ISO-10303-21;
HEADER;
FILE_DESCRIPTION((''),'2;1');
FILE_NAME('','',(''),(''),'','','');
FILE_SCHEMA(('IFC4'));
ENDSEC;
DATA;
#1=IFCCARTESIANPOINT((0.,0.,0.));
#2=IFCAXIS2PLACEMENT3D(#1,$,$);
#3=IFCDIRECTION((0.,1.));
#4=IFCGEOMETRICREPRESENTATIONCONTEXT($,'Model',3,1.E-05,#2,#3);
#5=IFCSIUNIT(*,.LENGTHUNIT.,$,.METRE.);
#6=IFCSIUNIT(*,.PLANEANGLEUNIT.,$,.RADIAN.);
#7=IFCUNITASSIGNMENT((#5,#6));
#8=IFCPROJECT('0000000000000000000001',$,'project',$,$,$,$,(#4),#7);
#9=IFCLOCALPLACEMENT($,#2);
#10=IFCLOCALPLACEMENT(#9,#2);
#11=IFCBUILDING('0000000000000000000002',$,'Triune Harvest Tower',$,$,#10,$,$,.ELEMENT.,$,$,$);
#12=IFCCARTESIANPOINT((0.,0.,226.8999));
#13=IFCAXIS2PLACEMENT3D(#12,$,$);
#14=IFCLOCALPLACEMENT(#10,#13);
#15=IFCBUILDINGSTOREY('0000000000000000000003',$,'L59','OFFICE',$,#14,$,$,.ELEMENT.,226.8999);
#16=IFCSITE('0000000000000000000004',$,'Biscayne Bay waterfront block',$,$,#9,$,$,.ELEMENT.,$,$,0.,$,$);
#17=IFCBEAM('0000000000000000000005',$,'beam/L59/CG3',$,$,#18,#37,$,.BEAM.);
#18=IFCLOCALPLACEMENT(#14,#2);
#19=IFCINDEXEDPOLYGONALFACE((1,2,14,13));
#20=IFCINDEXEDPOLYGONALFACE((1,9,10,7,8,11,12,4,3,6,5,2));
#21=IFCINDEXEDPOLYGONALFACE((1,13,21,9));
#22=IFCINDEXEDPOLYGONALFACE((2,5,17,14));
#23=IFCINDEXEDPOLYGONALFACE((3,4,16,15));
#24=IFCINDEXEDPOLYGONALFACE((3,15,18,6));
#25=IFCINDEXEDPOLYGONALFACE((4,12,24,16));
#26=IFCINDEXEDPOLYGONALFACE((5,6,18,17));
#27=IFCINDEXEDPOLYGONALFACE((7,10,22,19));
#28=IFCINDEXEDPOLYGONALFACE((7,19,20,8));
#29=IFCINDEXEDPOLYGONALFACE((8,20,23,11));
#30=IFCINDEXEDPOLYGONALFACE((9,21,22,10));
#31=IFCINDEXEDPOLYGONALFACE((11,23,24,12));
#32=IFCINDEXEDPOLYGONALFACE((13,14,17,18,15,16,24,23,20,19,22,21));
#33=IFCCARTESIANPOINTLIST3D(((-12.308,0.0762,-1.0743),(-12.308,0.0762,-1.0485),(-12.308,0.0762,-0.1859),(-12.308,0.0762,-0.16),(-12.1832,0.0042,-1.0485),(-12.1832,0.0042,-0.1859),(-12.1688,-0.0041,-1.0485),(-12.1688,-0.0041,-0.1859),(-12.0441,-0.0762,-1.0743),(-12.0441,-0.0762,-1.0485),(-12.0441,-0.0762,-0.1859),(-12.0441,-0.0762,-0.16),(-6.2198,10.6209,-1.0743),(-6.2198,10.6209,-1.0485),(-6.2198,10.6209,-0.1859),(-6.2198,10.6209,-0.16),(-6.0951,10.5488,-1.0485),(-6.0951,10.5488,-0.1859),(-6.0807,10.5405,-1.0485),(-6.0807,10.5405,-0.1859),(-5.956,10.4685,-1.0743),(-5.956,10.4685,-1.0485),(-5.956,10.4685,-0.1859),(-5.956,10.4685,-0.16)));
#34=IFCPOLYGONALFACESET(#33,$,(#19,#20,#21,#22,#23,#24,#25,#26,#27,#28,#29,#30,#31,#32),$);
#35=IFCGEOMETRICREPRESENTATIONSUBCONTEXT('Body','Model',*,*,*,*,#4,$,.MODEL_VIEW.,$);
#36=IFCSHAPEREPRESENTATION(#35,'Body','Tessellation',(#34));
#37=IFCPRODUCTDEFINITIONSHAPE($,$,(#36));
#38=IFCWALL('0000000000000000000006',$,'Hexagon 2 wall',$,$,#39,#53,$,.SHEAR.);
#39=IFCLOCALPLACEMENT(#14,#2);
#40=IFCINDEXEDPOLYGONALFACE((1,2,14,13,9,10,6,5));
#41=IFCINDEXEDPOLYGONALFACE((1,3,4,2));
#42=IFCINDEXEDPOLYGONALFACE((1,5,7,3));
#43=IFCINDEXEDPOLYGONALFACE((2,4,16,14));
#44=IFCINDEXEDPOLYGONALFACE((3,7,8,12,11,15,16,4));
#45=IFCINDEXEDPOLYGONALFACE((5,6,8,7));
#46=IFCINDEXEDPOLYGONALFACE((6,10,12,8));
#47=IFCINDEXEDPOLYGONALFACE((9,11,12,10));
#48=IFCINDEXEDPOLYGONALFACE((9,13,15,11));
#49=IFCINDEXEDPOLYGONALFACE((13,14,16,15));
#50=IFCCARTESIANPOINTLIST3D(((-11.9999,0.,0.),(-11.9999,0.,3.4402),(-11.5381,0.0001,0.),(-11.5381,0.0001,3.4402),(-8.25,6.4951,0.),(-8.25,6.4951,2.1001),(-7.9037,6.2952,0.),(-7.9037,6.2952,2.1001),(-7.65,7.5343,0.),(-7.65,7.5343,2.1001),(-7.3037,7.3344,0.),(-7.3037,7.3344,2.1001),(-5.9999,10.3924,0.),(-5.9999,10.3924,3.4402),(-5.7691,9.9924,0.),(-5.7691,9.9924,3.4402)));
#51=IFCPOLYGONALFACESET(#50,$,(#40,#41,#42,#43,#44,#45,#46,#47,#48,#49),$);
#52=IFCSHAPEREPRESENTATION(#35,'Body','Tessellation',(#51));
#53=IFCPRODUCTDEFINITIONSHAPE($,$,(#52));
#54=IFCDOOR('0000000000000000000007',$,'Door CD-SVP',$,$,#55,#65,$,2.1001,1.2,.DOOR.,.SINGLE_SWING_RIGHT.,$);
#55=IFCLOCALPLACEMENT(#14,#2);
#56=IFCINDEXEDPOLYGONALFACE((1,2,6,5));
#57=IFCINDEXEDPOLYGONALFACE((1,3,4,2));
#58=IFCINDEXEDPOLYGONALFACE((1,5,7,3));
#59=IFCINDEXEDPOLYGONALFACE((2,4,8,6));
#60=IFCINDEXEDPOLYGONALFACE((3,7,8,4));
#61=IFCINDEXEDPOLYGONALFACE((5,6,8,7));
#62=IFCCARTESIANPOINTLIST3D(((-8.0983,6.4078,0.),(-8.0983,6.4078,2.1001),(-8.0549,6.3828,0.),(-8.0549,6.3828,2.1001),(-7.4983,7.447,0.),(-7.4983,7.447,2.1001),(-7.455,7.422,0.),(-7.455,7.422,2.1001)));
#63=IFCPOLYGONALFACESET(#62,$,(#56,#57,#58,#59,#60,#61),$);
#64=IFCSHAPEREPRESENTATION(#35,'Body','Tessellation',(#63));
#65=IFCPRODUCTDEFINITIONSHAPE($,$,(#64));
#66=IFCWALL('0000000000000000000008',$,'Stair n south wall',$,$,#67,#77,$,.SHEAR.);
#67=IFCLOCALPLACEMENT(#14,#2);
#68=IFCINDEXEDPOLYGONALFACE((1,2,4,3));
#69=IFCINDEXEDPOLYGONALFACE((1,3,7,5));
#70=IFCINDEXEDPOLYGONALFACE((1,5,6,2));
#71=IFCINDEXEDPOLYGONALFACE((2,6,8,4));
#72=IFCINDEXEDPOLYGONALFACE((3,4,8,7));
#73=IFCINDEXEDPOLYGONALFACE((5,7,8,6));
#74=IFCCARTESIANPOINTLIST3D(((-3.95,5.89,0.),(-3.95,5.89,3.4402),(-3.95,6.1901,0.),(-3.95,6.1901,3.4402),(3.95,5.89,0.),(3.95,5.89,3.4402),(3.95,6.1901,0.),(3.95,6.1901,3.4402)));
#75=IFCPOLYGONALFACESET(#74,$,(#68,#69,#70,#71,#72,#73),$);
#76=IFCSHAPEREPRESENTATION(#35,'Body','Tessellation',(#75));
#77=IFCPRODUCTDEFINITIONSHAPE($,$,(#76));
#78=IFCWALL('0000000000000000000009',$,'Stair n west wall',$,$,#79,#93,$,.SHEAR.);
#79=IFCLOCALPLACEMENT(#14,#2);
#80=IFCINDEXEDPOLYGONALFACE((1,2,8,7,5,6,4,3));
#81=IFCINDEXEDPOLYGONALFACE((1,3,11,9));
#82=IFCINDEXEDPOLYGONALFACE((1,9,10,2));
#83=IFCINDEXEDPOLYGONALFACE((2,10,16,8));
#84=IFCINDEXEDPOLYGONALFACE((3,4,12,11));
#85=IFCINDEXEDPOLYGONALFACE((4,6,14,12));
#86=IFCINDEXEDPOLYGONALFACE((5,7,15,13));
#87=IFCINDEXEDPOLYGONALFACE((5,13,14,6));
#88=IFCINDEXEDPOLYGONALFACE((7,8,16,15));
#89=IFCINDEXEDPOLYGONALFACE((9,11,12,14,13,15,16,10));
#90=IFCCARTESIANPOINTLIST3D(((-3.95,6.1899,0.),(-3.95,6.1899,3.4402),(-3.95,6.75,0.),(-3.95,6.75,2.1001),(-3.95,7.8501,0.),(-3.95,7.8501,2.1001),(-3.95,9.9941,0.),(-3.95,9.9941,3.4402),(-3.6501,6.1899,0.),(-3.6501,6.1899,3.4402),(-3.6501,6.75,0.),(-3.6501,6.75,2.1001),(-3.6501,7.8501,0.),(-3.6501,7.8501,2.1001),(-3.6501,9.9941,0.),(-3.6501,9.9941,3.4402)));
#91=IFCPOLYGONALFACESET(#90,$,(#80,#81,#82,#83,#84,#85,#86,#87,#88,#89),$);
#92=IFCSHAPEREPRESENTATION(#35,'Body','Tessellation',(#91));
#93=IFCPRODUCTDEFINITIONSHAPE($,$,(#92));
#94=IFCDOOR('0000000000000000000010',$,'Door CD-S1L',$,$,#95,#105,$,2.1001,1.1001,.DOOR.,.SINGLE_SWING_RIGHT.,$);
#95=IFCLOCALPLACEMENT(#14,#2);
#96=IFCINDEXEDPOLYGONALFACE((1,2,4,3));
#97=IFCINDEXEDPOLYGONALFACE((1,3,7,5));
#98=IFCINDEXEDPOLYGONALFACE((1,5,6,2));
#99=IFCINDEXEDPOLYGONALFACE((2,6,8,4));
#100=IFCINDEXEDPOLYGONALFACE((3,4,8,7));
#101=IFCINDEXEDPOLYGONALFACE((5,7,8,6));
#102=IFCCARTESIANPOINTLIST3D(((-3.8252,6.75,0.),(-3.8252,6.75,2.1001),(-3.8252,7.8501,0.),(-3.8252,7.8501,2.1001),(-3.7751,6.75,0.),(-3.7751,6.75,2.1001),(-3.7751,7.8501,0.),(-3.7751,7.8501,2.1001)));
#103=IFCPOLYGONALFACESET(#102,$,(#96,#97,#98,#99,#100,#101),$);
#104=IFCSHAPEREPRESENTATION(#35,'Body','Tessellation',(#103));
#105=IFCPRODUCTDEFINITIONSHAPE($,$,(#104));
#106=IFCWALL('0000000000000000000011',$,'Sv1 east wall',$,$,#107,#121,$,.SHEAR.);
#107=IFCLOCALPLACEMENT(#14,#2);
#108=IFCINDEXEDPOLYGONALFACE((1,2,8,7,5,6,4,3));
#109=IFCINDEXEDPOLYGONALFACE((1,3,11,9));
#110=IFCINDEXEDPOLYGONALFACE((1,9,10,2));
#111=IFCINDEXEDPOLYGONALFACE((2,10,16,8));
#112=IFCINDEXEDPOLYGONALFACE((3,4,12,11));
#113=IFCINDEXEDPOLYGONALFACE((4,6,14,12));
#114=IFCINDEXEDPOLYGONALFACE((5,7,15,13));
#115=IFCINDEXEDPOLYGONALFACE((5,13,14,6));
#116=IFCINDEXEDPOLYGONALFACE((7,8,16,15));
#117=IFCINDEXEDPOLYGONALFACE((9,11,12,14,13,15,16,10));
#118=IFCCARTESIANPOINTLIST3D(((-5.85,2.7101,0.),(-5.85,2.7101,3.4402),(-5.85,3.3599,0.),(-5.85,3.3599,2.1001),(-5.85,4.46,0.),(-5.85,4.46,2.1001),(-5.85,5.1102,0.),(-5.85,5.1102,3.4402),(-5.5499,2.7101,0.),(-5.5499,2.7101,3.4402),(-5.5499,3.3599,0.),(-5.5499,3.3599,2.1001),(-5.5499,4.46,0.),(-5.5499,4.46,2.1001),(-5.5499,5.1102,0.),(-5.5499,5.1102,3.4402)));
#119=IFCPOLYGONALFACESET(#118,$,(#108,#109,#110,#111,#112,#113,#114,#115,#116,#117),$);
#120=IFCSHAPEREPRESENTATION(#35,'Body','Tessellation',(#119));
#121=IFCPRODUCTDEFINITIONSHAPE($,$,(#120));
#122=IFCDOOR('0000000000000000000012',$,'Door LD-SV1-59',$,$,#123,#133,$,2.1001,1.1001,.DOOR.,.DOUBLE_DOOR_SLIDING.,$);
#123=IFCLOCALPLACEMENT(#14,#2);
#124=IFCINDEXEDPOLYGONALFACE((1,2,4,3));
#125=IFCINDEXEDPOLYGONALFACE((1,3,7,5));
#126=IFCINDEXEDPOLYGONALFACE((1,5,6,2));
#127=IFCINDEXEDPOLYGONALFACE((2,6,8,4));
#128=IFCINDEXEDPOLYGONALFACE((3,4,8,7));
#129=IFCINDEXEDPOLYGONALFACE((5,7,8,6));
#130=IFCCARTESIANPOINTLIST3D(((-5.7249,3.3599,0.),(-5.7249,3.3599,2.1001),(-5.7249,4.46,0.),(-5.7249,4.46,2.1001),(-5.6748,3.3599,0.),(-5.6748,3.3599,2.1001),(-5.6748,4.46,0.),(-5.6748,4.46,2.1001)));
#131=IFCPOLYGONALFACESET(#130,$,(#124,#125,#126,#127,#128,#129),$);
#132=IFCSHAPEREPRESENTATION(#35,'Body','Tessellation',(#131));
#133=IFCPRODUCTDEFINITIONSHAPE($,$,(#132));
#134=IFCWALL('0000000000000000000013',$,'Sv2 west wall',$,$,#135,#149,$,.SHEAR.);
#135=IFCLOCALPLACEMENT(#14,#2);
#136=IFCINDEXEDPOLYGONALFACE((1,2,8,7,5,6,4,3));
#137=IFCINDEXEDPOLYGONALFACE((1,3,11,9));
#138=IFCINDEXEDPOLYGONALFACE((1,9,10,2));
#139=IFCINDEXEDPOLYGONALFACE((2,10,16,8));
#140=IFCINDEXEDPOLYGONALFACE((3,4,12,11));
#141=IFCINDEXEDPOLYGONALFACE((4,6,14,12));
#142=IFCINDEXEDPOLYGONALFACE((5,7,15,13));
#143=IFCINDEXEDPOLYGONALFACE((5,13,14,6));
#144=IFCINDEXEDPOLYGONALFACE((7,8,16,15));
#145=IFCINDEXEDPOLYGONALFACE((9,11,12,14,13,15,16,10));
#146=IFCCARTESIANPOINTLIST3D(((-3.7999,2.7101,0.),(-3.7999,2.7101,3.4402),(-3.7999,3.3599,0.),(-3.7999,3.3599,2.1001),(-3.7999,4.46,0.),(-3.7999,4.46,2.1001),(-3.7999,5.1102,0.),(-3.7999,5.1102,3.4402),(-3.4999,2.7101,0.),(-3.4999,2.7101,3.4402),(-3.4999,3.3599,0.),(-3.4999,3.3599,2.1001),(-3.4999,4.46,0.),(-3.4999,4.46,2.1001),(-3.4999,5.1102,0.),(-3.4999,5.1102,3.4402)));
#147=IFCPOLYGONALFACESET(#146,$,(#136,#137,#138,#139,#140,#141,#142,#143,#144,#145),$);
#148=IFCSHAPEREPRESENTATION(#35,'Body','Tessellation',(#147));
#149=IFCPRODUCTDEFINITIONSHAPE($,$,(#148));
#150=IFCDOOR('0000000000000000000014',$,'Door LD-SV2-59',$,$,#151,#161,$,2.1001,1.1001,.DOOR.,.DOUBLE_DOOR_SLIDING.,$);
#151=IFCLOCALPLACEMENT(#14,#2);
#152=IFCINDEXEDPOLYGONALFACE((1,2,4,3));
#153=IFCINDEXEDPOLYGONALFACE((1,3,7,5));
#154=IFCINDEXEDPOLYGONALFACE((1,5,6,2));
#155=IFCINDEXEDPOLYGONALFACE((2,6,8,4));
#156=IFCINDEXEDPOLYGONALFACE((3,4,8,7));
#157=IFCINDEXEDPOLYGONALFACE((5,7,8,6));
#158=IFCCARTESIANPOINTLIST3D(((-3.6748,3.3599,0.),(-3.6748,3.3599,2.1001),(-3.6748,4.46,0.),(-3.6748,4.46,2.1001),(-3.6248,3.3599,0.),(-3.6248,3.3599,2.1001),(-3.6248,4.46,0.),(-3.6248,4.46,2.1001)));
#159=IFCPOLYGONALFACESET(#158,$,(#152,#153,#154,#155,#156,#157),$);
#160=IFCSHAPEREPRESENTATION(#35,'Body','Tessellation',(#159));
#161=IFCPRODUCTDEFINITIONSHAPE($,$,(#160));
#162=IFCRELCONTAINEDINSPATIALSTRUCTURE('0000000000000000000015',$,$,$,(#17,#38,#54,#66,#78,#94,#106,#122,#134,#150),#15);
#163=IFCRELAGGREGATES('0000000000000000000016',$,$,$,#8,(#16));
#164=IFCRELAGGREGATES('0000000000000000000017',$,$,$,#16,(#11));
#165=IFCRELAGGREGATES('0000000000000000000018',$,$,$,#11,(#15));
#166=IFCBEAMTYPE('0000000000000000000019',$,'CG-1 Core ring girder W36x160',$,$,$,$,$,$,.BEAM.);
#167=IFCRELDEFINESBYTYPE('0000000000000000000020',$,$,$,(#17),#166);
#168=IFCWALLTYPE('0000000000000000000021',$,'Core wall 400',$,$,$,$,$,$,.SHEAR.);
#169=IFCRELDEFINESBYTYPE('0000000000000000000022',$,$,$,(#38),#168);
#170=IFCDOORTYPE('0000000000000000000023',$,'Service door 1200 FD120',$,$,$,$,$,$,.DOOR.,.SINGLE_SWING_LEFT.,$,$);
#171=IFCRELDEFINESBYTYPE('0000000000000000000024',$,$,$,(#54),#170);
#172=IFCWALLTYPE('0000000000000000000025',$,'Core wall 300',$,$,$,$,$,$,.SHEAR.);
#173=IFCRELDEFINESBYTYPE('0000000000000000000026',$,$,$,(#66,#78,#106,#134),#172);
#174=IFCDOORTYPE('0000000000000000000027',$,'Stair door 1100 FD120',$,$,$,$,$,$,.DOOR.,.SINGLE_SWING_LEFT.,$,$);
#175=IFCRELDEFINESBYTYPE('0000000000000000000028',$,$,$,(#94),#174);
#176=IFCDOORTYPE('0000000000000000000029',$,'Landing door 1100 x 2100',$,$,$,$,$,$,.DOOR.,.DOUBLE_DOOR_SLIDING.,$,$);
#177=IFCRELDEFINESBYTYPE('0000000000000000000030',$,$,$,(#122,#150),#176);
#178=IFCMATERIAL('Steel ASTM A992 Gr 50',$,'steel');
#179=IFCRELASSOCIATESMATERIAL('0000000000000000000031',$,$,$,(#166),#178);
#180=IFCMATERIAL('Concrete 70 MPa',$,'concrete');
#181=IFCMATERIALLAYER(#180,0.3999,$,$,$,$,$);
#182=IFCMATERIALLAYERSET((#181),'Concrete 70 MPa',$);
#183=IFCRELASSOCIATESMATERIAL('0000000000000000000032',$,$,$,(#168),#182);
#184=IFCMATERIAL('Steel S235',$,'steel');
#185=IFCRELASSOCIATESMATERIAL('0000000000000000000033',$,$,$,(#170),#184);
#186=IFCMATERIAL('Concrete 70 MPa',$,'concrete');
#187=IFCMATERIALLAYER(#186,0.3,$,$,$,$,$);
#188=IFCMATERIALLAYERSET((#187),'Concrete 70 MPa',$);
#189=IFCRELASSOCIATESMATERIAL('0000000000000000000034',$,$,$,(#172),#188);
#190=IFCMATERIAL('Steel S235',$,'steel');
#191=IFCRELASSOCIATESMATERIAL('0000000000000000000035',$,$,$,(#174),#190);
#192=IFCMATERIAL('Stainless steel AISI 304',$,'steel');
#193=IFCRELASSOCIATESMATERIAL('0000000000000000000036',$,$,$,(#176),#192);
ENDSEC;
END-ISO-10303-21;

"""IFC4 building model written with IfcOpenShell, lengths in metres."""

from ifc_helpers import new_model, si_unit, direction, frame, frame_2d, origin, origin_2d, place, context, subcontext, project, spatial, polyline, rectangle, i_section, outline, extrude, source, transform, mapped, material, layer, layer_set, material_profile, profile_set, type_object, element, fill, save


model = new_model("IFC4")

# Units and contexts
model_context = context("Model", 3, precision=1e-05, world=origin(), true_north=direction((0.0, 1.0)))
body_context = subcontext(model_context, "Body", "Model", "MODEL_VIEW")
ifc_project = project(units=[si_unit("LENGTHUNIT", "METRE"), si_unit("PLANEANGLEUNIT", "RADIAN")], contexts=[model_context])

# Site, building, storey
site_placement = place(None, origin())
site = spatial("IfcSite", under=ifc_project, at=site_placement, Name="Biscayne Bay waterfront block", CompositionType="ELEMENT", RefElevation=0.0)
building_placement = place(site_placement, origin())
building = spatial("IfcBuilding", under=site, at=building_placement, Name="Triune Harvest Tower", CompositionType="ELEMENT")
storey_placement = place(building_placement, frame((0.0, 0.0, 226.8999)))
storey = spatial("IfcBuildingStorey", under=building, at=storey_placement, Name="L59", Description="OFFICE", CompositionType="ELEMENT", Elevation=226.8999)

# Beam
ifc_material_1 = material(Name="Steel ASTM A992 Gr 50", Category="steel")
ifc_material_profile = material_profile(ifc_material_1, i_section(OverallWidth=0.3047, OverallDepth=0.9143, WebThickness=0.0166, FlangeThickness=0.0259, at=origin_2d()), Name="W36x160")
ifc_profile_set = profile_set([ifc_material_profile], Name="Steel ASTM A992 Gr 50")
beam_type = type_object("IfcBeamType", Name="CG-1 Core ring girder W36x160", PredefinedType="BEAM", material=ifc_profile_set)
shared_shape_1 = source(origin(), body_context, "Body", "SweptSolid", [
    extrude(i_section(OverallWidth=0.3047, OverallDepth=0.9143, WebThickness=0.0166, FlangeThickness=0.0259, at=origin_2d()), origin(), (0.0, 0.0, 1.0), 12.176),
])
beam_placement = place(storey_placement, frame((-6.0879, 10.5447, -0.6172), z_axis=(-0.50001, -0.86602, 0.0), x_axis=(0.86602, -0.50001, 0.0)))
element("IfcBeam", 1, at=beam_placement, inside=storey, type_object=beam_type, Name="beam/L59/CG3", PredefinedType="BEAM", context=body_context, shape_type="MappedRepresentation", body=[
    mapped(shared_shape_1, transform((0.0, 0.0, 0.0), scale=1.0)),
])

# Wall, opening, door
ifc_material_2 = material(Name="Concrete 70 MPa", Category="concrete")
ifc_layer_1 = layer(ifc_material_2, 0.3999)
ifc_layer_set_1 = layer_set([ifc_layer_1], Name="Concrete 70 MPa")
wall_type_1 = type_object("IfcWallType", Name="Core wall 400", PredefinedType="SHEAR", material=ifc_layer_set_1)
shared_shape_2 = source(origin(), body_context, "Body", "SweptSolid", [
    extrude(outline(polyline([(-0.1155, -0.2), (11.8845, -0.2), (11.6536, 0.2), (0.1155, 0.2), (-0.1155, -0.2)])), origin(), (0.0, 0.0, 1.0), 3.4402),
])
wall_1_placement = place(storey_placement, frame((-5.8845, 10.1924, 0.0), z_axis=(0.0, 0.0, 1.0), x_axis=(-0.499997, -0.866027, 0.0)))
wall_1 = element("IfcWall", 2, at=wall_1_placement, inside=storey, type_object=wall_type_1, Name="Hexagon 2 wall", PredefinedType="SHEAR", context=body_context, shape_type="MappedRepresentation", body=[
    mapped(shared_shape_2, transform((0.0, 0.0, 0.0), scale=1.0)),
])
opening_1_placement = place(wall_1_placement, frame((3.1846, 0.0, 0.0)))
opening_1 = element("IfcOpeningElement", 3, at=opening_1_placement, cuts=wall_1, PredefinedType="OPENING", context=body_context, shape_type="SweptSolid", body=[
    extrude(rectangle(XDim=1.2, YDim=2.1001, at=frame_2d((0.6001, 1.05))), frame((0.0, 0.21, 0.0), z_axis=(0.0, -1.0, 0.0), x_axis=(1.0, 0.0, 0.0)), (0.0, 0.0, 1.0), 0.4199),
])
ifc_material_3 = material(Name="Steel S235", Category="steel")
door_type_1 = type_object("IfcDoorType", Name="Service door 1200 FD120", OperationType="SINGLE_SWING_LEFT", PredefinedType="DOOR", material=ifc_material_3)
door_1_placement = place(opening_1_placement, frame((1.2, 0.0, 0.0), z_axis=(0.0, 0.0, 1.0), x_axis=(-1.0, 0.0, 0.0)))
door_1 = element("IfcDoor", 4, at=door_1_placement, inside=storey, type_object=door_type_1, Name="Door CD-SVP", OperationType="SINGLE_SWING_RIGHT", OverallHeight=2.1001, OverallWidth=1.2, PredefinedType="DOOR", context=body_context, shape_type="SweptSolid", body=[
    extrude(rectangle(XDim=1.2, YDim=2.1001, at=frame_2d((0.6001, 1.05))), frame((0.0, 0.0249, 0.0), z_axis=(0.0, -1.0, 0.0), x_axis=(1.0, 0.0, 0.0)), (0.0, 0.0, 1.0), 0.05),
])
fill(opening_1, door_1)

# Wall
ifc_material_4 = material(Name="Concrete 70 MPa", Category="concrete")
ifc_layer_2 = layer(ifc_material_4, 0.3)
ifc_layer_set_2 = layer_set([ifc_layer_2], Name="Concrete 70 MPa")
wall_type_2 = type_object("IfcWallType", Name="Core wall 300", PredefinedType="SHEAR", material=ifc_layer_set_2)
shared_shape_3 = source(origin(), body_context, "Body", "SweptSolid", [
    extrude(rectangle(XDim=7.8999, YDim=0.3, at=frame_2d((3.95, 0.0))), origin(), (0.0, 0.0, 1.0), 3.4402),
])
wall_2_placement = place(storey_placement, frame((-3.95, 6.04, 0.0), z_axis=(0.0, 0.0, 1.0), x_axis=(1.0, 0.0, 0.0)))
element("IfcWall", 5, at=wall_2_placement, inside=storey, type_object=wall_type_2, Name="Stair n south wall", PredefinedType="SHEAR", context=body_context, shape_type="MappedRepresentation", body=[
    mapped(shared_shape_3, transform((0.0, 0.0, 0.0), scale=1.0)),
])

# Walls, openings, doors
shared_shape_4 = source(origin(), body_context, "Body", "SweptSolid", [
    extrude(outline(polyline([(0.0, -0.1499), (0.0, 0.1499), (3.8042, 0.1499), (3.8042, -0.1499), (0.0, -0.1499)])), origin(), (0.0, 0.0, 1.0), 3.4402),
])
wall_3_placement = place(storey_placement, frame((-3.8, 6.1899, 0.0), z_axis=(0.0, 0.0, 1.0), x_axis=(0.0, 1.0, 0.0)))
wall_3 = element("IfcWall", 6, at=wall_3_placement, inside=storey, type_object=wall_type_2, Name="Stair n west wall", PredefinedType="SHEAR", context=body_context, shape_type="MappedRepresentation", body=[
    mapped(shared_shape_4, transform((0.0, 0.0, 0.0), scale=1.0)),
])
opening_2_placement = place(wall_3_placement, frame((0.5601, 0.0, 0.0)))
opening_2 = element("IfcOpeningElement", 7, at=opening_2_placement, cuts=wall_3, PredefinedType="OPENING", context=body_context, shape_type="SweptSolid", body=[
    extrude(rectangle(XDim=1.1001, YDim=2.1001, at=frame_2d((0.55, 1.05))), frame((0.0, 0.1602, 0.0), z_axis=(0.0, -1.0, 0.0), x_axis=(1.0, 0.0, 0.0)), (0.0, 0.0, 1.0), 0.3201),
])
ifc_material_5 = material(Name="Steel S235", Category="steel")
door_type_2 = type_object("IfcDoorType", Name="Stair door 1100 FD120", OperationType="SINGLE_SWING_LEFT", PredefinedType="DOOR", material=ifc_material_5)
door_2_placement = place(opening_2_placement, frame((1.1001, 0.0, 0.0), z_axis=(0.0, 0.0, 1.0), x_axis=(-1.0, 0.0, 0.0)))
door_2 = element("IfcDoor", 8, at=door_2_placement, inside=storey, type_object=door_type_2, Name="Door CD-S1L", OperationType="SINGLE_SWING_RIGHT", OverallHeight=2.1001, OverallWidth=1.1001, PredefinedType="DOOR", context=body_context, shape_type="SweptSolid", body=[
    extrude(rectangle(XDim=1.1001, YDim=2.1001, at=frame_2d((0.55, 1.05))), frame((0.0, 0.0249, 0.0), z_axis=(0.0, -1.0, 0.0), x_axis=(1.0, 0.0, 0.0)), (0.0, 0.0, 1.0), 0.05),
])
fill(opening_2, door_2)
shared_shape_5 = source(origin(), body_context, "Body", "SweptSolid", [
    extrude(rectangle(XDim=2.4001, YDim=0.3, at=frame_2d((1.2002, 0.0))), origin(), (0.0, 0.0, 1.0), 3.4402),
])
wall_4_placement = place(storey_placement, frame((-5.7, 2.71, 0.0), z_axis=(0.0, 0.0, 1.0), x_axis=(0.0, 1.0, 0.0)))
wall_4 = element("IfcWall", 9, at=wall_4_placement, inside=storey, type_object=wall_type_2, Name="Sv1 east wall", PredefinedType="SHEAR", context=body_context, shape_type="MappedRepresentation", body=[
    mapped(shared_shape_5, transform((0.0, 0.0, 0.0), scale=1.0)),
])
opening_3_placement = place(wall_4_placement, frame((0.6499, 0.0, 0.0)))
opening_3 = element("IfcOpeningElement", 10, at=opening_3_placement, cuts=wall_4, PredefinedType="OPENING", context=body_context, shape_type="SweptSolid", body=[
    extrude(rectangle(XDim=1.1001, YDim=2.1001, at=frame_2d((0.55, 1.05))), frame((0.0, 0.1602, 0.0), z_axis=(0.0, -1.0, 0.0), x_axis=(1.0, 0.0, 0.0)), (0.0, 0.0, 1.0), 0.3201),
])
ifc_material_6 = material(Name="Stainless steel AISI 304", Category="steel")
door_type_3 = type_object("IfcDoorType", Name="Landing door 1100 x 2100", OperationType="DOUBLE_DOOR_SLIDING", PredefinedType="DOOR", material=ifc_material_6)
door_3_placement = place(opening_3_placement, origin())
door_3 = element("IfcDoor", 11, at=door_3_placement, inside=storey, type_object=door_type_3, Name="Door LD-SV1-59", OperationType="DOUBLE_DOOR_SLIDING", OverallHeight=2.1001, OverallWidth=1.1001, PredefinedType="DOOR", context=body_context, shape_type="SweptSolid", body=[
    extrude(rectangle(XDim=1.1001, YDim=2.1001, at=frame_2d((0.55, 1.05))), frame((0.0, 0.0249, 0.0), z_axis=(0.0, -1.0, 0.0), x_axis=(1.0, 0.0, 0.0)), (0.0, 0.0, 1.0), 0.05),
])
fill(opening_3, door_3)
wall_5_placement = place(storey_placement, frame((-3.6499, 2.71, 0.0), z_axis=(0.0, 0.0, 1.0), x_axis=(0.0, 1.0, 0.0)))
wall_5 = element("IfcWall", 12, at=wall_5_placement, inside=storey, type_object=wall_type_2, Name="Sv2 west wall", PredefinedType="SHEAR", context=body_context, shape_type="MappedRepresentation", body=[
    mapped(shared_shape_5, transform((0.0, 0.0, 0.0), scale=1.0)),
])
opening_4_placement = place(wall_5_placement, frame((0.6499, 0.0, 0.0)))
opening_4 = element("IfcOpeningElement", 13, at=opening_4_placement, cuts=wall_5, PredefinedType="OPENING", context=body_context, shape_type="SweptSolid", body=[
    extrude(rectangle(XDim=1.1001, YDim=2.1001, at=frame_2d((0.55, 1.05))), frame((0.0, 0.1602, 0.0), z_axis=(0.0, -1.0, 0.0), x_axis=(1.0, 0.0, 0.0)), (0.0, 0.0, 1.0), 0.3201),
])
door_4_placement = place(opening_4_placement, origin())
door_4 = element("IfcDoor", 14, at=door_4_placement, inside=storey, type_object=door_type_3, Name="Door LD-SV2-59", OperationType="DOUBLE_DOOR_SLIDING", OverallHeight=2.1001, OverallWidth=1.1001, PredefinedType="DOOR", context=body_context, shape_type="SweptSolid", body=[
    extrude(rectangle(XDim=1.1001, YDim=2.1001, at=frame_2d((0.55, 1.05))), frame((0.0, 0.0249, 0.0), z_axis=(0.0, -1.0, 0.0), x_axis=(1.0, 0.0, 0.0)), (0.0, 0.0, 1.0), 0.05),
])
fill(opening_4, door_4)

save(model, "model.ifc")
